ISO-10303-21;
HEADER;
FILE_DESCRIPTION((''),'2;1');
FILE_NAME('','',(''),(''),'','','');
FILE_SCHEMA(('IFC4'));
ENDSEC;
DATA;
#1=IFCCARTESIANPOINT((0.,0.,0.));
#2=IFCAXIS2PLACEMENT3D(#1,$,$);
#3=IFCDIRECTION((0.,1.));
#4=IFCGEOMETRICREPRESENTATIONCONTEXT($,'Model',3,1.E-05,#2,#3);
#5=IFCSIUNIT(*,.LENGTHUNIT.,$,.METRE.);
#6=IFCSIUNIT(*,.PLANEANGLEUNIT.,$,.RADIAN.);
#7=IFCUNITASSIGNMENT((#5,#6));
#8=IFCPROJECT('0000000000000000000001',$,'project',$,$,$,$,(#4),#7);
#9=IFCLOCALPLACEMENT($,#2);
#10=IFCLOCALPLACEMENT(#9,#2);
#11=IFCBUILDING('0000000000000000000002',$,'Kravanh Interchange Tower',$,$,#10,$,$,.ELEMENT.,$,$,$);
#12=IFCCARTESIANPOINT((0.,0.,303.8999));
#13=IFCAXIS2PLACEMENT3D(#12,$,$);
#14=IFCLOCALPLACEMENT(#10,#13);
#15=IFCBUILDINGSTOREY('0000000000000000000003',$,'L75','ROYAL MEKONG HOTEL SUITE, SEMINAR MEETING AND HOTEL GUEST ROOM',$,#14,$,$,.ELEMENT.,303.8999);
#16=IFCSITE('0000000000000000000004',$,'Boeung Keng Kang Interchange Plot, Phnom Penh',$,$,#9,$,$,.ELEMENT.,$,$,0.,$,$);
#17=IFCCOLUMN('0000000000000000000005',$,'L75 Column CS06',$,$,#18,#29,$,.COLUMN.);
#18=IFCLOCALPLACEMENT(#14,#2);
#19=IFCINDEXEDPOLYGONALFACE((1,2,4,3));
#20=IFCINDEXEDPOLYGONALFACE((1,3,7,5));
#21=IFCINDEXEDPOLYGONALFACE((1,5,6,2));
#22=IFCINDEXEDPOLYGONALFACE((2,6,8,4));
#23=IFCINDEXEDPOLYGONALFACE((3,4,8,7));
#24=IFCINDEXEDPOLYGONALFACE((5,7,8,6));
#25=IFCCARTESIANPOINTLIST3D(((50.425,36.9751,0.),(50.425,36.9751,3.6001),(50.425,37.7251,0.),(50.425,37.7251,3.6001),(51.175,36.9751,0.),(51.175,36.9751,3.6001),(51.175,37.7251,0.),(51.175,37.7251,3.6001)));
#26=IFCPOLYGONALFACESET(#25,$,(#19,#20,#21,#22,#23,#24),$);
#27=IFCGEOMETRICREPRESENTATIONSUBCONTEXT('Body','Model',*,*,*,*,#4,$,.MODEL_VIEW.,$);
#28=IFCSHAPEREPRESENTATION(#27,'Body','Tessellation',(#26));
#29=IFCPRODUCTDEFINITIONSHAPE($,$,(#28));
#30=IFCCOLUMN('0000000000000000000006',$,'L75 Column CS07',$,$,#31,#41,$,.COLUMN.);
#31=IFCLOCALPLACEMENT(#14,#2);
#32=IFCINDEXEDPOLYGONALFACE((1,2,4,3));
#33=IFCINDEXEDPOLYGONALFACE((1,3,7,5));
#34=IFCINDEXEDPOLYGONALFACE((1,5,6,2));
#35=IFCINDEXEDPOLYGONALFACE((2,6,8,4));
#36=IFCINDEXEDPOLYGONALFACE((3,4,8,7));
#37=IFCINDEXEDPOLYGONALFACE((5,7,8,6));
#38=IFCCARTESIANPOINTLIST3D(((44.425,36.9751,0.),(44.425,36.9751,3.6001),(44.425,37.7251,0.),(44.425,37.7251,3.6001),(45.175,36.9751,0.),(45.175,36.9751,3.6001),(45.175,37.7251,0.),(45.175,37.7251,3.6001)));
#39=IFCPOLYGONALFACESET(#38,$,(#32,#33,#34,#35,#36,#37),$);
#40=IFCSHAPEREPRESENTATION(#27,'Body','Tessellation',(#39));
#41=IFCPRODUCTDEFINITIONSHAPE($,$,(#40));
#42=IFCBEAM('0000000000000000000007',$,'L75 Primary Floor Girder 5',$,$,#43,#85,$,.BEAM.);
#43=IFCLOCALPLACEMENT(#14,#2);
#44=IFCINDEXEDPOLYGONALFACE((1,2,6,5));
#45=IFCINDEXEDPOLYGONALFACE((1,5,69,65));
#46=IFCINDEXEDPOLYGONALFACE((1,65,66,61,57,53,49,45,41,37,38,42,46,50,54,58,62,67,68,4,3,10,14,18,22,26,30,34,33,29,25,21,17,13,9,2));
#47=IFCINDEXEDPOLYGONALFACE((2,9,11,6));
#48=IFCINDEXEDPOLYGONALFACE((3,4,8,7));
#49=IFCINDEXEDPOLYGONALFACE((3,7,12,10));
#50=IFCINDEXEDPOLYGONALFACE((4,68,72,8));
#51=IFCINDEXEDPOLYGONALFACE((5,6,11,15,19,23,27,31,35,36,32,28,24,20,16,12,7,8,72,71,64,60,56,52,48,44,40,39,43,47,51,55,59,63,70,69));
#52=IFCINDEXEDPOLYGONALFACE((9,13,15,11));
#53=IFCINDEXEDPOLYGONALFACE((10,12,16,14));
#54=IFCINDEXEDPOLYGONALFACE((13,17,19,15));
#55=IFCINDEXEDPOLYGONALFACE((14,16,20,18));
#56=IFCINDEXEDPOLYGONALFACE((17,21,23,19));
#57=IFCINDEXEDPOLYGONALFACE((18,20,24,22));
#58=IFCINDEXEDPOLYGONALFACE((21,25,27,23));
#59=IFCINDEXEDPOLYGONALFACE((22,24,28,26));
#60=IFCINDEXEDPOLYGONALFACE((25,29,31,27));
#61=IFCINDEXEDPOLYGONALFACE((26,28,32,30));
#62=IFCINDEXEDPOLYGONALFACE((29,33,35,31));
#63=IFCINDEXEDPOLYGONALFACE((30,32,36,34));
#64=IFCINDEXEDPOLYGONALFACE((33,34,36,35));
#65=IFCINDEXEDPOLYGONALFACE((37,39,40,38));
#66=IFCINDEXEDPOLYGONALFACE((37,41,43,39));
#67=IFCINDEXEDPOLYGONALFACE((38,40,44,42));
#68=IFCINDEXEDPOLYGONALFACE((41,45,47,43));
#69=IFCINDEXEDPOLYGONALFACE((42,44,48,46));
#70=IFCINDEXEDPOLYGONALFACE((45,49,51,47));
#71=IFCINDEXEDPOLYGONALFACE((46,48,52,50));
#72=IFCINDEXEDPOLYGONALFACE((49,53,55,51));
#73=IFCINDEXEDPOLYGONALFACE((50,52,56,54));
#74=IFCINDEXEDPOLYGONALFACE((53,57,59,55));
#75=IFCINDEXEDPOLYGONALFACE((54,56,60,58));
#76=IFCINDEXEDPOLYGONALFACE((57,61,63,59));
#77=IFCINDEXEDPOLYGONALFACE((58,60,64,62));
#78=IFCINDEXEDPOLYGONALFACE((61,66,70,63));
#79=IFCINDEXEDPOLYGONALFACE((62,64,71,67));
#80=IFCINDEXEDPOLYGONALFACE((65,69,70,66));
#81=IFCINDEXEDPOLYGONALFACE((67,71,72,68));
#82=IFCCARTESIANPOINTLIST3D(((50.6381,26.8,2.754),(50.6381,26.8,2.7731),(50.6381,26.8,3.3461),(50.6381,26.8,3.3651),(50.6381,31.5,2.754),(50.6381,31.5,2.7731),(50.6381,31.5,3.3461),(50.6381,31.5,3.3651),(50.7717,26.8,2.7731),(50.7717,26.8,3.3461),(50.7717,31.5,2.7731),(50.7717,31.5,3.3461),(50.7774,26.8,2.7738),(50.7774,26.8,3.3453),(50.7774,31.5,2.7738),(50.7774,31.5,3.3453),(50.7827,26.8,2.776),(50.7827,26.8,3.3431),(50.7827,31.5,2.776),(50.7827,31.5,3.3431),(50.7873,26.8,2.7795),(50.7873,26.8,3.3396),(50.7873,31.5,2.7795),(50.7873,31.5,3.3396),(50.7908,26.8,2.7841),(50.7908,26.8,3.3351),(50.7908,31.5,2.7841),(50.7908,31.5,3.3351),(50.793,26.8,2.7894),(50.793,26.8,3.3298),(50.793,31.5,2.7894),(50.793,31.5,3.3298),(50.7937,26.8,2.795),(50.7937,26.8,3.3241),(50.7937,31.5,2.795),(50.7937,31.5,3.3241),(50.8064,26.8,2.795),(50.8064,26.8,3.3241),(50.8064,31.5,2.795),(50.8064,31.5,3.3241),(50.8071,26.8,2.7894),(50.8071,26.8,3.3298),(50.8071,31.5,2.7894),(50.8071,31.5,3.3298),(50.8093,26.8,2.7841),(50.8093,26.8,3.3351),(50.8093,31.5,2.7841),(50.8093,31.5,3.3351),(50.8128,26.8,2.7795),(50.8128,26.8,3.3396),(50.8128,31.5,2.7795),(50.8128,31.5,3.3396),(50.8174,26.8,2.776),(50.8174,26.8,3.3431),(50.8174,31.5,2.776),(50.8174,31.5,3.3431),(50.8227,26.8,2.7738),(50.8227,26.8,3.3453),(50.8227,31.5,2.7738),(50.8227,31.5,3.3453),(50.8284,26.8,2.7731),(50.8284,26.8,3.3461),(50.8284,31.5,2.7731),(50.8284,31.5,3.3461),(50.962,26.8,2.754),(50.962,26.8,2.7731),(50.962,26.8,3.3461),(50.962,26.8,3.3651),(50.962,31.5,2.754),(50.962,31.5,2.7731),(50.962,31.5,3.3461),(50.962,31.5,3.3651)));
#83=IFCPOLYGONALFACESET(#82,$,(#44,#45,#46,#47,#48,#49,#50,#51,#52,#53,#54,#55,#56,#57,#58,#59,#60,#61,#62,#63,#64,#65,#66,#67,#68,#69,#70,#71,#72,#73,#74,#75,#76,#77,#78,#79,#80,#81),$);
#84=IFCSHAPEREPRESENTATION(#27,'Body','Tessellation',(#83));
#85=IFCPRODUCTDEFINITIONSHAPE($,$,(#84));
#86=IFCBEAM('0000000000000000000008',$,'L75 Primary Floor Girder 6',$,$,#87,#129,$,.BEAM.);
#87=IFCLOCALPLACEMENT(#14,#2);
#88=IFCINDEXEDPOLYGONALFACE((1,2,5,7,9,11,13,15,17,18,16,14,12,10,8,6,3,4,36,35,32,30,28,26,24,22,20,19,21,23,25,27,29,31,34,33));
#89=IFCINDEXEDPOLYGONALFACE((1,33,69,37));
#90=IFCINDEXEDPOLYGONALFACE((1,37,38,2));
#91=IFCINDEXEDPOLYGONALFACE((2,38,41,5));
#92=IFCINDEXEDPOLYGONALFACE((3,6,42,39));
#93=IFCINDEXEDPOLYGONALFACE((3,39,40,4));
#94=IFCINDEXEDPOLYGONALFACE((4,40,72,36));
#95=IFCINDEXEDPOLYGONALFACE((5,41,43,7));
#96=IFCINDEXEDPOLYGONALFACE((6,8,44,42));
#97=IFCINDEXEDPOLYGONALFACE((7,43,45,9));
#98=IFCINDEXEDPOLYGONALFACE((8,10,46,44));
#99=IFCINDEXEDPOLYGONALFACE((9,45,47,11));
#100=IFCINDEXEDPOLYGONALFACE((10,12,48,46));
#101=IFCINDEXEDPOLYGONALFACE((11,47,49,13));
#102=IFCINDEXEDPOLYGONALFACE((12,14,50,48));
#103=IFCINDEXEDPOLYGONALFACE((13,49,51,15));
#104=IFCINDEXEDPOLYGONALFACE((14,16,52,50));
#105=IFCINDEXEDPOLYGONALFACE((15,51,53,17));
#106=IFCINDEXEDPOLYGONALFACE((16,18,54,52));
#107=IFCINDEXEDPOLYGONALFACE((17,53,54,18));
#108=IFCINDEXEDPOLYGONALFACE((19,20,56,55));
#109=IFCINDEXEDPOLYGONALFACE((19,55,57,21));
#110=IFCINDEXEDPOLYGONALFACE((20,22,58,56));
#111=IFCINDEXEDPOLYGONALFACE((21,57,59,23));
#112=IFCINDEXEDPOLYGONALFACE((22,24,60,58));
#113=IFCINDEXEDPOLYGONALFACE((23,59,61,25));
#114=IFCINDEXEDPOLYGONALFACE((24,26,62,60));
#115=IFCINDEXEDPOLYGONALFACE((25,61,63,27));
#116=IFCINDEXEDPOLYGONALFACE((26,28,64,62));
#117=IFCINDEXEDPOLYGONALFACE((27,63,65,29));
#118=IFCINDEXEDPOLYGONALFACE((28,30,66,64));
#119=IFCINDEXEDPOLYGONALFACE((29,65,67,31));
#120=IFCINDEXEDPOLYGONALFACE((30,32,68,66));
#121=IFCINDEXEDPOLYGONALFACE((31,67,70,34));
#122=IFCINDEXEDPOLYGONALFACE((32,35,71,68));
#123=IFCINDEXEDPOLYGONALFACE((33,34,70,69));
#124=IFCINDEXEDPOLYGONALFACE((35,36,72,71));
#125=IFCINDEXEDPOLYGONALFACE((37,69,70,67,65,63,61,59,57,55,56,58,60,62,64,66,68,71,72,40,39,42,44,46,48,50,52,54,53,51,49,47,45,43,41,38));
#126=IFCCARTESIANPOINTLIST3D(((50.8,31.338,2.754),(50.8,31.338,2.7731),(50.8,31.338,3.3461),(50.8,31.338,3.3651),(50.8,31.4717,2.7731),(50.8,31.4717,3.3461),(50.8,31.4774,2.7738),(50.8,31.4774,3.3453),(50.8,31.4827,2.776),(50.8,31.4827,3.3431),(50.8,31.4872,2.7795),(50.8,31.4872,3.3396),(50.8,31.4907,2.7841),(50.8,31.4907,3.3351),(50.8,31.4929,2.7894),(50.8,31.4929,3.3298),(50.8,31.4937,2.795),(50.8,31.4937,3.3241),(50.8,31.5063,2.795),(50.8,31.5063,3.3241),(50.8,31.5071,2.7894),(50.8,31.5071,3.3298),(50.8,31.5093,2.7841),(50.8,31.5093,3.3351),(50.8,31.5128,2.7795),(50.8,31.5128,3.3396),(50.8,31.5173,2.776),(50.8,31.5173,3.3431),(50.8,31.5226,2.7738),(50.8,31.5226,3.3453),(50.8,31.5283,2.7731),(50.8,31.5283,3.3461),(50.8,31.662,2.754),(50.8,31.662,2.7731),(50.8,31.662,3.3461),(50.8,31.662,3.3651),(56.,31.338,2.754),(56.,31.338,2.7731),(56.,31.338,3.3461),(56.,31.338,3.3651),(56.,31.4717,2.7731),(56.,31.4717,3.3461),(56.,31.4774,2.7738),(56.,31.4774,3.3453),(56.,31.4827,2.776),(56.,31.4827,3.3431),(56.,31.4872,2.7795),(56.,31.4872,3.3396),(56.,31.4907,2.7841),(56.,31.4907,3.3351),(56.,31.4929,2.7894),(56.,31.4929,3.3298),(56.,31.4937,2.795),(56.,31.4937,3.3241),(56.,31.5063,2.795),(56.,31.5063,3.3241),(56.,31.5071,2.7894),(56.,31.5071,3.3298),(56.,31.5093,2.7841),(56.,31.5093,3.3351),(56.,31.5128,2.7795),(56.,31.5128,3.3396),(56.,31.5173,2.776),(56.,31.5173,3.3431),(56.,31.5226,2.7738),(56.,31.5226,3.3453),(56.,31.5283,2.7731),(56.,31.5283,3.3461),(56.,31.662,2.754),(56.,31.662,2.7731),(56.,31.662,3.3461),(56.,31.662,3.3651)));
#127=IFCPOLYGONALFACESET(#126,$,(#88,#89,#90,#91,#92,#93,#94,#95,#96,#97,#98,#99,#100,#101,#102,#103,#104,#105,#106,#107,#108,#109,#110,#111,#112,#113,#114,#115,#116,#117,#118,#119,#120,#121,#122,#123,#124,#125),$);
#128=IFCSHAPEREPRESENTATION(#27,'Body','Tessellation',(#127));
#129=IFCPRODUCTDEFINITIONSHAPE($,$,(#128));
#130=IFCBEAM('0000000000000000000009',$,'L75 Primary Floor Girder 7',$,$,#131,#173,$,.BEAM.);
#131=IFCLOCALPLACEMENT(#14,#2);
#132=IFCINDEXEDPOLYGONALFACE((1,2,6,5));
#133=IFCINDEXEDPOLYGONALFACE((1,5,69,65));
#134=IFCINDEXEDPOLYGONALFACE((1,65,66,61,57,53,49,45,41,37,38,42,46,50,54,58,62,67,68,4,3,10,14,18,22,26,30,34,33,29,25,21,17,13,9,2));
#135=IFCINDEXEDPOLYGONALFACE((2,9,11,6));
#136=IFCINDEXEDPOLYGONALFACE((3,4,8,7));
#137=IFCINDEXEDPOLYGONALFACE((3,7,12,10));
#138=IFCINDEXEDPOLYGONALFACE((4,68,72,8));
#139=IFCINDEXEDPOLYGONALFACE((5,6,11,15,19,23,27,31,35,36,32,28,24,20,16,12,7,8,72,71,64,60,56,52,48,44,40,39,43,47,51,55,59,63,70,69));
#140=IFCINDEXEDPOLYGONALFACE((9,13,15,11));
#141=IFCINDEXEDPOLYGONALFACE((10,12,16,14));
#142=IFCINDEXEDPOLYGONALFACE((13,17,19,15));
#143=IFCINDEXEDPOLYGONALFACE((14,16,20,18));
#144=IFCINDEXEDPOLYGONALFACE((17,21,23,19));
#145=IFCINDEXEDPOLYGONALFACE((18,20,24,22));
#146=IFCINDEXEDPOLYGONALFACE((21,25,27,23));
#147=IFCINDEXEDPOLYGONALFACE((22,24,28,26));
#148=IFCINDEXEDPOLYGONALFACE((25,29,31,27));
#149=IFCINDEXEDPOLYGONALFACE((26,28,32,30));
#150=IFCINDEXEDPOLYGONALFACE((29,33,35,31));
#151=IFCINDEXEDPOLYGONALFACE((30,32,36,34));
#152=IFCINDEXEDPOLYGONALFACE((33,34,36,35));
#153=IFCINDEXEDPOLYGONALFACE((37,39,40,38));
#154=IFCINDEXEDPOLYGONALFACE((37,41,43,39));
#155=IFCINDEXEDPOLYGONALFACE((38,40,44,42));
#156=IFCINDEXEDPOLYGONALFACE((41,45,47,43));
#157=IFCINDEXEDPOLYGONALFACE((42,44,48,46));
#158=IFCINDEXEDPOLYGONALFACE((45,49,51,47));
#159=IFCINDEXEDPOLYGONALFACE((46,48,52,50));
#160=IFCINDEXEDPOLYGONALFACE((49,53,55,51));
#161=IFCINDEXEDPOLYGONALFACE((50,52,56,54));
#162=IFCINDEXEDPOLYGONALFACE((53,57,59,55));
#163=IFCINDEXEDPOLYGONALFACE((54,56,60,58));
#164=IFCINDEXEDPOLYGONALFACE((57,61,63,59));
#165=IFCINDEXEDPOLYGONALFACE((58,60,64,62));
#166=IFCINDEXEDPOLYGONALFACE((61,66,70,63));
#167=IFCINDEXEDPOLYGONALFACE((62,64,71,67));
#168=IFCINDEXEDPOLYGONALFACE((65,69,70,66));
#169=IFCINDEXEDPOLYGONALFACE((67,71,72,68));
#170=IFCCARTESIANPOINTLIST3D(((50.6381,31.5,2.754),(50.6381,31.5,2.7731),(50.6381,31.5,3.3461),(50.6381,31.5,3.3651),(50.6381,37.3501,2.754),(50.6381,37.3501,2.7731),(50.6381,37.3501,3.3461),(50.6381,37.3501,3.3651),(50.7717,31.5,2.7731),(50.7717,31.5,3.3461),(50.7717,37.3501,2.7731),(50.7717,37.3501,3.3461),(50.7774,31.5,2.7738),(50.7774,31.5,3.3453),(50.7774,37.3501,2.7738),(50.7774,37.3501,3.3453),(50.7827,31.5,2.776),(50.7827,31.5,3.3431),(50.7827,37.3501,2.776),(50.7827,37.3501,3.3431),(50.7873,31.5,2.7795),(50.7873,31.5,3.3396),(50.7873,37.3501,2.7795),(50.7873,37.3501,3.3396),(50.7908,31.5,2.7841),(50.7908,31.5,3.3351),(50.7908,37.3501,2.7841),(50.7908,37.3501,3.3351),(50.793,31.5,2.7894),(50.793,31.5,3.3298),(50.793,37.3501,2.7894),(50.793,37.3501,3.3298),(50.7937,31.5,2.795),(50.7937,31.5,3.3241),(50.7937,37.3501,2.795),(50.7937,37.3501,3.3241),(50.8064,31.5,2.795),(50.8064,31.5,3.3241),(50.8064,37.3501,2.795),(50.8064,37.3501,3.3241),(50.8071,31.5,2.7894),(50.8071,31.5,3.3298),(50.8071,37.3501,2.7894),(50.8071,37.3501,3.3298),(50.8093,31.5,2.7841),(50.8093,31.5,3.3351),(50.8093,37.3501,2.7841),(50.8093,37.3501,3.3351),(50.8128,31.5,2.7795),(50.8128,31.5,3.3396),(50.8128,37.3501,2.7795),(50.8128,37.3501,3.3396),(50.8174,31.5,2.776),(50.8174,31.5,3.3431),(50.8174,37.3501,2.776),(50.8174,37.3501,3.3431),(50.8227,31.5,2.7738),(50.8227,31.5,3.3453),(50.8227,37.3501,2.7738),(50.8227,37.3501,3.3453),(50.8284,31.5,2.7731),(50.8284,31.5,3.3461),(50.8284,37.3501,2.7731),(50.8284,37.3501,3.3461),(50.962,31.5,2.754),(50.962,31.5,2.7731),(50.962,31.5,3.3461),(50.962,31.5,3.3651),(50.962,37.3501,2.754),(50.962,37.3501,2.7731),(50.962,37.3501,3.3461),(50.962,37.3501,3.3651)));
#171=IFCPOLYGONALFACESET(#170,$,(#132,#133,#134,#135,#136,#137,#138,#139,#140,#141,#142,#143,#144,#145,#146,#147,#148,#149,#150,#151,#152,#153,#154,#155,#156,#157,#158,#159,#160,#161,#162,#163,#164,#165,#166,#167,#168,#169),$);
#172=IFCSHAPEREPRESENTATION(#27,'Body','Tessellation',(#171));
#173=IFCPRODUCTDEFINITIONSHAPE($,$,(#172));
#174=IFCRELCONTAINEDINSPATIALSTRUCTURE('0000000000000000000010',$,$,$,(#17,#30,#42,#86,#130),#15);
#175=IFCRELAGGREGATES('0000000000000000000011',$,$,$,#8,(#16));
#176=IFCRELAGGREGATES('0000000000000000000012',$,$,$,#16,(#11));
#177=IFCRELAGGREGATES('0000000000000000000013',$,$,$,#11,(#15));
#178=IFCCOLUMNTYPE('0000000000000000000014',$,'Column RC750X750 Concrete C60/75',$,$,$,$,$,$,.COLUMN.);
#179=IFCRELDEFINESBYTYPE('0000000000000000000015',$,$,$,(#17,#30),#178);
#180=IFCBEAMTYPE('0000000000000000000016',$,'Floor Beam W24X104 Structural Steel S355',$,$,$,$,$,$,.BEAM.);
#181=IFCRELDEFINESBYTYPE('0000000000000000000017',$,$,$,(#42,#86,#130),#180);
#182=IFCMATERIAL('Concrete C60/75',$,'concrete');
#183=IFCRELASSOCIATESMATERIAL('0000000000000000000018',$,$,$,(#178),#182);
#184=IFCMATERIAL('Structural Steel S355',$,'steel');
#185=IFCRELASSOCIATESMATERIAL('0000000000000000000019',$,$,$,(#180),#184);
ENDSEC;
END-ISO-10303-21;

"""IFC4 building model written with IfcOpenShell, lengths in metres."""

from ifc_helpers import new_model, si_unit, direction, frame, origin, origin_2d, place, context, subcontext, project, spatial, rectangle, i_section, extrude, material, material_profile, profile_set, type_object, element, save


model = new_model("IFC4")

# Units and contexts
model_context = context("Model", 3, precision=1e-05, world=origin(), true_north=direction((0.0, 1.0)))
body_context = subcontext(model_context, "Body", "Model", "MODEL_VIEW")
ifc_project = project(units=[si_unit("LENGTHUNIT", "METRE"), si_unit("PLANEANGLEUNIT", "RADIAN")], contexts=[model_context])

# Site, building, storey
site_placement = place(None, origin())
site = spatial("IfcSite", under=ifc_project, at=site_placement, Name="Boeung Keng Kang Interchange Plot, Phnom Penh", CompositionType="ELEMENT", RefElevation=0.0)
building_placement = place(site_placement, origin())
building = spatial("IfcBuilding", under=site, at=building_placement, Name="Kravanh Interchange Tower", CompositionType="ELEMENT")
storey_placement = place(building_placement, frame((0.0, 0.0, 303.8999)))
storey = spatial("IfcBuildingStorey", under=building, at=storey_placement, Name="L75", Description="ROYAL MEKONG HOTEL SUITE, SEMINAR MEETING AND HOTEL GUEST ROOM", CompositionType="ELEMENT", Elevation=303.8999)

# Columns
ifc_material_1 = material(Name="Concrete C60/75", Category="concrete")
ifc_material_profile_1 = material_profile(ifc_material_1, rectangle(XDim=0.75, YDim=0.75, at=origin_2d()), Name="RC750X750")
ifc_profile_set_1 = profile_set([ifc_material_profile_1], Name="Concrete C60/75")
column_type = type_object("IfcColumnType", Name="Column RC750X750 Concrete C60/75", PredefinedType="COLUMN", material=ifc_profile_set_1)
for number, where, z_axis, x_axis, name in (
    (1, (50.8, 37.3501, 0.0), (0.0, 0.0, 1.0), (1.0, 0.0, 0.0), "L75 Column CS06"),
    (2, (44.8, 37.3501, 0.0), (0.0, 0.0, 1.0), (1.0, 0.0, 0.0), "L75 Column CS07"),
):
    element("IfcColumn", number, at=place(storey_placement, frame(where, z_axis=z_axis, x_axis=x_axis)), inside=storey, type_object=column_type, Name=name, PredefinedType="COLUMN", context=body_context, shape_type="SweptSolid", body=[
        extrude(rectangle(XDim=0.75, YDim=0.75, at=origin_2d()), origin(), (0.0, 0.0, 1.0), 3.6001),
    ])

# Beams
ifc_material_2 = material(Name="Structural Steel S355", Category="steel")
ifc_material_profile_2 = material_profile(ifc_material_2, i_section(OverallWidth=0.324, OverallDepth=0.6111, WebThickness=0.0127, FlangeThickness=0.019, FilletRadius=0.022, at=origin_2d()), Name="W24X104")
ifc_profile_set_2 = profile_set([ifc_material_profile_2], Name="Structural Steel S355")
beam_type_1 = type_object("IfcBeamType", Name="Floor Beam W24X104 Structural Steel S355", PredefinedType="BEAM", material=ifc_profile_set_2)
beam_1_placement = place(storey_placement, frame((50.8, 31.5, 3.0596), z_axis=(0.0, -1.0, 0.0), x_axis=(1.0, 0.0, 0.0)))
element("IfcBeam", 3, at=beam_1_placement, inside=storey, type_object=beam_type_1, Name="L75 Primary Floor Girder 5", PredefinedType="BEAM", context=body_context, shape_type="SweptSolid", body=[
    extrude(i_section(OverallWidth=0.324, OverallDepth=0.6111, WebThickness=0.0127, FlangeThickness=0.019, FilletRadius=0.022, at=origin_2d()), origin(), (0.0, 0.0, 1.0), 4.7),
])
beam_2_placement = place(storey_placement, frame((50.8, 31.5, 3.0596), z_axis=(1.0, 0.0, 0.0), x_axis=(0.0, 1.0, 0.0)))
element("IfcBeam", 4, at=beam_2_placement, inside=storey, type_object=beam_type_1, Name="L75 Primary Floor Girder 6", PredefinedType="BEAM", context=body_context, shape_type="SweptSolid", body=[
    extrude(i_section(OverallWidth=0.324, OverallDepth=0.6111, WebThickness=0.0127, FlangeThickness=0.019, FilletRadius=0.022, at=origin_2d()), origin(), (0.0, 0.0, 1.0), 5.2),
])
beam_3_placement = place(storey_placement, frame((50.8, 31.5, 3.0596), z_axis=(0.0, 1.0, 0.0), x_axis=(-1.0, 0.0, 0.0)))
element("IfcBeam", 5, at=beam_3_placement, inside=storey, type_object=beam_type_1, Name="L75 Primary Floor Girder 7", PredefinedType="BEAM", context=body_context, shape_type="SweptSolid", body=[
    extrude(i_section(OverallWidth=0.324, OverallDepth=0.6111, WebThickness=0.0127, FlangeThickness=0.019, FilletRadius=0.022, at=origin_2d()), origin(), (0.0, 0.0, 1.0), 5.8501),
])

save(model, "model.ifc")
